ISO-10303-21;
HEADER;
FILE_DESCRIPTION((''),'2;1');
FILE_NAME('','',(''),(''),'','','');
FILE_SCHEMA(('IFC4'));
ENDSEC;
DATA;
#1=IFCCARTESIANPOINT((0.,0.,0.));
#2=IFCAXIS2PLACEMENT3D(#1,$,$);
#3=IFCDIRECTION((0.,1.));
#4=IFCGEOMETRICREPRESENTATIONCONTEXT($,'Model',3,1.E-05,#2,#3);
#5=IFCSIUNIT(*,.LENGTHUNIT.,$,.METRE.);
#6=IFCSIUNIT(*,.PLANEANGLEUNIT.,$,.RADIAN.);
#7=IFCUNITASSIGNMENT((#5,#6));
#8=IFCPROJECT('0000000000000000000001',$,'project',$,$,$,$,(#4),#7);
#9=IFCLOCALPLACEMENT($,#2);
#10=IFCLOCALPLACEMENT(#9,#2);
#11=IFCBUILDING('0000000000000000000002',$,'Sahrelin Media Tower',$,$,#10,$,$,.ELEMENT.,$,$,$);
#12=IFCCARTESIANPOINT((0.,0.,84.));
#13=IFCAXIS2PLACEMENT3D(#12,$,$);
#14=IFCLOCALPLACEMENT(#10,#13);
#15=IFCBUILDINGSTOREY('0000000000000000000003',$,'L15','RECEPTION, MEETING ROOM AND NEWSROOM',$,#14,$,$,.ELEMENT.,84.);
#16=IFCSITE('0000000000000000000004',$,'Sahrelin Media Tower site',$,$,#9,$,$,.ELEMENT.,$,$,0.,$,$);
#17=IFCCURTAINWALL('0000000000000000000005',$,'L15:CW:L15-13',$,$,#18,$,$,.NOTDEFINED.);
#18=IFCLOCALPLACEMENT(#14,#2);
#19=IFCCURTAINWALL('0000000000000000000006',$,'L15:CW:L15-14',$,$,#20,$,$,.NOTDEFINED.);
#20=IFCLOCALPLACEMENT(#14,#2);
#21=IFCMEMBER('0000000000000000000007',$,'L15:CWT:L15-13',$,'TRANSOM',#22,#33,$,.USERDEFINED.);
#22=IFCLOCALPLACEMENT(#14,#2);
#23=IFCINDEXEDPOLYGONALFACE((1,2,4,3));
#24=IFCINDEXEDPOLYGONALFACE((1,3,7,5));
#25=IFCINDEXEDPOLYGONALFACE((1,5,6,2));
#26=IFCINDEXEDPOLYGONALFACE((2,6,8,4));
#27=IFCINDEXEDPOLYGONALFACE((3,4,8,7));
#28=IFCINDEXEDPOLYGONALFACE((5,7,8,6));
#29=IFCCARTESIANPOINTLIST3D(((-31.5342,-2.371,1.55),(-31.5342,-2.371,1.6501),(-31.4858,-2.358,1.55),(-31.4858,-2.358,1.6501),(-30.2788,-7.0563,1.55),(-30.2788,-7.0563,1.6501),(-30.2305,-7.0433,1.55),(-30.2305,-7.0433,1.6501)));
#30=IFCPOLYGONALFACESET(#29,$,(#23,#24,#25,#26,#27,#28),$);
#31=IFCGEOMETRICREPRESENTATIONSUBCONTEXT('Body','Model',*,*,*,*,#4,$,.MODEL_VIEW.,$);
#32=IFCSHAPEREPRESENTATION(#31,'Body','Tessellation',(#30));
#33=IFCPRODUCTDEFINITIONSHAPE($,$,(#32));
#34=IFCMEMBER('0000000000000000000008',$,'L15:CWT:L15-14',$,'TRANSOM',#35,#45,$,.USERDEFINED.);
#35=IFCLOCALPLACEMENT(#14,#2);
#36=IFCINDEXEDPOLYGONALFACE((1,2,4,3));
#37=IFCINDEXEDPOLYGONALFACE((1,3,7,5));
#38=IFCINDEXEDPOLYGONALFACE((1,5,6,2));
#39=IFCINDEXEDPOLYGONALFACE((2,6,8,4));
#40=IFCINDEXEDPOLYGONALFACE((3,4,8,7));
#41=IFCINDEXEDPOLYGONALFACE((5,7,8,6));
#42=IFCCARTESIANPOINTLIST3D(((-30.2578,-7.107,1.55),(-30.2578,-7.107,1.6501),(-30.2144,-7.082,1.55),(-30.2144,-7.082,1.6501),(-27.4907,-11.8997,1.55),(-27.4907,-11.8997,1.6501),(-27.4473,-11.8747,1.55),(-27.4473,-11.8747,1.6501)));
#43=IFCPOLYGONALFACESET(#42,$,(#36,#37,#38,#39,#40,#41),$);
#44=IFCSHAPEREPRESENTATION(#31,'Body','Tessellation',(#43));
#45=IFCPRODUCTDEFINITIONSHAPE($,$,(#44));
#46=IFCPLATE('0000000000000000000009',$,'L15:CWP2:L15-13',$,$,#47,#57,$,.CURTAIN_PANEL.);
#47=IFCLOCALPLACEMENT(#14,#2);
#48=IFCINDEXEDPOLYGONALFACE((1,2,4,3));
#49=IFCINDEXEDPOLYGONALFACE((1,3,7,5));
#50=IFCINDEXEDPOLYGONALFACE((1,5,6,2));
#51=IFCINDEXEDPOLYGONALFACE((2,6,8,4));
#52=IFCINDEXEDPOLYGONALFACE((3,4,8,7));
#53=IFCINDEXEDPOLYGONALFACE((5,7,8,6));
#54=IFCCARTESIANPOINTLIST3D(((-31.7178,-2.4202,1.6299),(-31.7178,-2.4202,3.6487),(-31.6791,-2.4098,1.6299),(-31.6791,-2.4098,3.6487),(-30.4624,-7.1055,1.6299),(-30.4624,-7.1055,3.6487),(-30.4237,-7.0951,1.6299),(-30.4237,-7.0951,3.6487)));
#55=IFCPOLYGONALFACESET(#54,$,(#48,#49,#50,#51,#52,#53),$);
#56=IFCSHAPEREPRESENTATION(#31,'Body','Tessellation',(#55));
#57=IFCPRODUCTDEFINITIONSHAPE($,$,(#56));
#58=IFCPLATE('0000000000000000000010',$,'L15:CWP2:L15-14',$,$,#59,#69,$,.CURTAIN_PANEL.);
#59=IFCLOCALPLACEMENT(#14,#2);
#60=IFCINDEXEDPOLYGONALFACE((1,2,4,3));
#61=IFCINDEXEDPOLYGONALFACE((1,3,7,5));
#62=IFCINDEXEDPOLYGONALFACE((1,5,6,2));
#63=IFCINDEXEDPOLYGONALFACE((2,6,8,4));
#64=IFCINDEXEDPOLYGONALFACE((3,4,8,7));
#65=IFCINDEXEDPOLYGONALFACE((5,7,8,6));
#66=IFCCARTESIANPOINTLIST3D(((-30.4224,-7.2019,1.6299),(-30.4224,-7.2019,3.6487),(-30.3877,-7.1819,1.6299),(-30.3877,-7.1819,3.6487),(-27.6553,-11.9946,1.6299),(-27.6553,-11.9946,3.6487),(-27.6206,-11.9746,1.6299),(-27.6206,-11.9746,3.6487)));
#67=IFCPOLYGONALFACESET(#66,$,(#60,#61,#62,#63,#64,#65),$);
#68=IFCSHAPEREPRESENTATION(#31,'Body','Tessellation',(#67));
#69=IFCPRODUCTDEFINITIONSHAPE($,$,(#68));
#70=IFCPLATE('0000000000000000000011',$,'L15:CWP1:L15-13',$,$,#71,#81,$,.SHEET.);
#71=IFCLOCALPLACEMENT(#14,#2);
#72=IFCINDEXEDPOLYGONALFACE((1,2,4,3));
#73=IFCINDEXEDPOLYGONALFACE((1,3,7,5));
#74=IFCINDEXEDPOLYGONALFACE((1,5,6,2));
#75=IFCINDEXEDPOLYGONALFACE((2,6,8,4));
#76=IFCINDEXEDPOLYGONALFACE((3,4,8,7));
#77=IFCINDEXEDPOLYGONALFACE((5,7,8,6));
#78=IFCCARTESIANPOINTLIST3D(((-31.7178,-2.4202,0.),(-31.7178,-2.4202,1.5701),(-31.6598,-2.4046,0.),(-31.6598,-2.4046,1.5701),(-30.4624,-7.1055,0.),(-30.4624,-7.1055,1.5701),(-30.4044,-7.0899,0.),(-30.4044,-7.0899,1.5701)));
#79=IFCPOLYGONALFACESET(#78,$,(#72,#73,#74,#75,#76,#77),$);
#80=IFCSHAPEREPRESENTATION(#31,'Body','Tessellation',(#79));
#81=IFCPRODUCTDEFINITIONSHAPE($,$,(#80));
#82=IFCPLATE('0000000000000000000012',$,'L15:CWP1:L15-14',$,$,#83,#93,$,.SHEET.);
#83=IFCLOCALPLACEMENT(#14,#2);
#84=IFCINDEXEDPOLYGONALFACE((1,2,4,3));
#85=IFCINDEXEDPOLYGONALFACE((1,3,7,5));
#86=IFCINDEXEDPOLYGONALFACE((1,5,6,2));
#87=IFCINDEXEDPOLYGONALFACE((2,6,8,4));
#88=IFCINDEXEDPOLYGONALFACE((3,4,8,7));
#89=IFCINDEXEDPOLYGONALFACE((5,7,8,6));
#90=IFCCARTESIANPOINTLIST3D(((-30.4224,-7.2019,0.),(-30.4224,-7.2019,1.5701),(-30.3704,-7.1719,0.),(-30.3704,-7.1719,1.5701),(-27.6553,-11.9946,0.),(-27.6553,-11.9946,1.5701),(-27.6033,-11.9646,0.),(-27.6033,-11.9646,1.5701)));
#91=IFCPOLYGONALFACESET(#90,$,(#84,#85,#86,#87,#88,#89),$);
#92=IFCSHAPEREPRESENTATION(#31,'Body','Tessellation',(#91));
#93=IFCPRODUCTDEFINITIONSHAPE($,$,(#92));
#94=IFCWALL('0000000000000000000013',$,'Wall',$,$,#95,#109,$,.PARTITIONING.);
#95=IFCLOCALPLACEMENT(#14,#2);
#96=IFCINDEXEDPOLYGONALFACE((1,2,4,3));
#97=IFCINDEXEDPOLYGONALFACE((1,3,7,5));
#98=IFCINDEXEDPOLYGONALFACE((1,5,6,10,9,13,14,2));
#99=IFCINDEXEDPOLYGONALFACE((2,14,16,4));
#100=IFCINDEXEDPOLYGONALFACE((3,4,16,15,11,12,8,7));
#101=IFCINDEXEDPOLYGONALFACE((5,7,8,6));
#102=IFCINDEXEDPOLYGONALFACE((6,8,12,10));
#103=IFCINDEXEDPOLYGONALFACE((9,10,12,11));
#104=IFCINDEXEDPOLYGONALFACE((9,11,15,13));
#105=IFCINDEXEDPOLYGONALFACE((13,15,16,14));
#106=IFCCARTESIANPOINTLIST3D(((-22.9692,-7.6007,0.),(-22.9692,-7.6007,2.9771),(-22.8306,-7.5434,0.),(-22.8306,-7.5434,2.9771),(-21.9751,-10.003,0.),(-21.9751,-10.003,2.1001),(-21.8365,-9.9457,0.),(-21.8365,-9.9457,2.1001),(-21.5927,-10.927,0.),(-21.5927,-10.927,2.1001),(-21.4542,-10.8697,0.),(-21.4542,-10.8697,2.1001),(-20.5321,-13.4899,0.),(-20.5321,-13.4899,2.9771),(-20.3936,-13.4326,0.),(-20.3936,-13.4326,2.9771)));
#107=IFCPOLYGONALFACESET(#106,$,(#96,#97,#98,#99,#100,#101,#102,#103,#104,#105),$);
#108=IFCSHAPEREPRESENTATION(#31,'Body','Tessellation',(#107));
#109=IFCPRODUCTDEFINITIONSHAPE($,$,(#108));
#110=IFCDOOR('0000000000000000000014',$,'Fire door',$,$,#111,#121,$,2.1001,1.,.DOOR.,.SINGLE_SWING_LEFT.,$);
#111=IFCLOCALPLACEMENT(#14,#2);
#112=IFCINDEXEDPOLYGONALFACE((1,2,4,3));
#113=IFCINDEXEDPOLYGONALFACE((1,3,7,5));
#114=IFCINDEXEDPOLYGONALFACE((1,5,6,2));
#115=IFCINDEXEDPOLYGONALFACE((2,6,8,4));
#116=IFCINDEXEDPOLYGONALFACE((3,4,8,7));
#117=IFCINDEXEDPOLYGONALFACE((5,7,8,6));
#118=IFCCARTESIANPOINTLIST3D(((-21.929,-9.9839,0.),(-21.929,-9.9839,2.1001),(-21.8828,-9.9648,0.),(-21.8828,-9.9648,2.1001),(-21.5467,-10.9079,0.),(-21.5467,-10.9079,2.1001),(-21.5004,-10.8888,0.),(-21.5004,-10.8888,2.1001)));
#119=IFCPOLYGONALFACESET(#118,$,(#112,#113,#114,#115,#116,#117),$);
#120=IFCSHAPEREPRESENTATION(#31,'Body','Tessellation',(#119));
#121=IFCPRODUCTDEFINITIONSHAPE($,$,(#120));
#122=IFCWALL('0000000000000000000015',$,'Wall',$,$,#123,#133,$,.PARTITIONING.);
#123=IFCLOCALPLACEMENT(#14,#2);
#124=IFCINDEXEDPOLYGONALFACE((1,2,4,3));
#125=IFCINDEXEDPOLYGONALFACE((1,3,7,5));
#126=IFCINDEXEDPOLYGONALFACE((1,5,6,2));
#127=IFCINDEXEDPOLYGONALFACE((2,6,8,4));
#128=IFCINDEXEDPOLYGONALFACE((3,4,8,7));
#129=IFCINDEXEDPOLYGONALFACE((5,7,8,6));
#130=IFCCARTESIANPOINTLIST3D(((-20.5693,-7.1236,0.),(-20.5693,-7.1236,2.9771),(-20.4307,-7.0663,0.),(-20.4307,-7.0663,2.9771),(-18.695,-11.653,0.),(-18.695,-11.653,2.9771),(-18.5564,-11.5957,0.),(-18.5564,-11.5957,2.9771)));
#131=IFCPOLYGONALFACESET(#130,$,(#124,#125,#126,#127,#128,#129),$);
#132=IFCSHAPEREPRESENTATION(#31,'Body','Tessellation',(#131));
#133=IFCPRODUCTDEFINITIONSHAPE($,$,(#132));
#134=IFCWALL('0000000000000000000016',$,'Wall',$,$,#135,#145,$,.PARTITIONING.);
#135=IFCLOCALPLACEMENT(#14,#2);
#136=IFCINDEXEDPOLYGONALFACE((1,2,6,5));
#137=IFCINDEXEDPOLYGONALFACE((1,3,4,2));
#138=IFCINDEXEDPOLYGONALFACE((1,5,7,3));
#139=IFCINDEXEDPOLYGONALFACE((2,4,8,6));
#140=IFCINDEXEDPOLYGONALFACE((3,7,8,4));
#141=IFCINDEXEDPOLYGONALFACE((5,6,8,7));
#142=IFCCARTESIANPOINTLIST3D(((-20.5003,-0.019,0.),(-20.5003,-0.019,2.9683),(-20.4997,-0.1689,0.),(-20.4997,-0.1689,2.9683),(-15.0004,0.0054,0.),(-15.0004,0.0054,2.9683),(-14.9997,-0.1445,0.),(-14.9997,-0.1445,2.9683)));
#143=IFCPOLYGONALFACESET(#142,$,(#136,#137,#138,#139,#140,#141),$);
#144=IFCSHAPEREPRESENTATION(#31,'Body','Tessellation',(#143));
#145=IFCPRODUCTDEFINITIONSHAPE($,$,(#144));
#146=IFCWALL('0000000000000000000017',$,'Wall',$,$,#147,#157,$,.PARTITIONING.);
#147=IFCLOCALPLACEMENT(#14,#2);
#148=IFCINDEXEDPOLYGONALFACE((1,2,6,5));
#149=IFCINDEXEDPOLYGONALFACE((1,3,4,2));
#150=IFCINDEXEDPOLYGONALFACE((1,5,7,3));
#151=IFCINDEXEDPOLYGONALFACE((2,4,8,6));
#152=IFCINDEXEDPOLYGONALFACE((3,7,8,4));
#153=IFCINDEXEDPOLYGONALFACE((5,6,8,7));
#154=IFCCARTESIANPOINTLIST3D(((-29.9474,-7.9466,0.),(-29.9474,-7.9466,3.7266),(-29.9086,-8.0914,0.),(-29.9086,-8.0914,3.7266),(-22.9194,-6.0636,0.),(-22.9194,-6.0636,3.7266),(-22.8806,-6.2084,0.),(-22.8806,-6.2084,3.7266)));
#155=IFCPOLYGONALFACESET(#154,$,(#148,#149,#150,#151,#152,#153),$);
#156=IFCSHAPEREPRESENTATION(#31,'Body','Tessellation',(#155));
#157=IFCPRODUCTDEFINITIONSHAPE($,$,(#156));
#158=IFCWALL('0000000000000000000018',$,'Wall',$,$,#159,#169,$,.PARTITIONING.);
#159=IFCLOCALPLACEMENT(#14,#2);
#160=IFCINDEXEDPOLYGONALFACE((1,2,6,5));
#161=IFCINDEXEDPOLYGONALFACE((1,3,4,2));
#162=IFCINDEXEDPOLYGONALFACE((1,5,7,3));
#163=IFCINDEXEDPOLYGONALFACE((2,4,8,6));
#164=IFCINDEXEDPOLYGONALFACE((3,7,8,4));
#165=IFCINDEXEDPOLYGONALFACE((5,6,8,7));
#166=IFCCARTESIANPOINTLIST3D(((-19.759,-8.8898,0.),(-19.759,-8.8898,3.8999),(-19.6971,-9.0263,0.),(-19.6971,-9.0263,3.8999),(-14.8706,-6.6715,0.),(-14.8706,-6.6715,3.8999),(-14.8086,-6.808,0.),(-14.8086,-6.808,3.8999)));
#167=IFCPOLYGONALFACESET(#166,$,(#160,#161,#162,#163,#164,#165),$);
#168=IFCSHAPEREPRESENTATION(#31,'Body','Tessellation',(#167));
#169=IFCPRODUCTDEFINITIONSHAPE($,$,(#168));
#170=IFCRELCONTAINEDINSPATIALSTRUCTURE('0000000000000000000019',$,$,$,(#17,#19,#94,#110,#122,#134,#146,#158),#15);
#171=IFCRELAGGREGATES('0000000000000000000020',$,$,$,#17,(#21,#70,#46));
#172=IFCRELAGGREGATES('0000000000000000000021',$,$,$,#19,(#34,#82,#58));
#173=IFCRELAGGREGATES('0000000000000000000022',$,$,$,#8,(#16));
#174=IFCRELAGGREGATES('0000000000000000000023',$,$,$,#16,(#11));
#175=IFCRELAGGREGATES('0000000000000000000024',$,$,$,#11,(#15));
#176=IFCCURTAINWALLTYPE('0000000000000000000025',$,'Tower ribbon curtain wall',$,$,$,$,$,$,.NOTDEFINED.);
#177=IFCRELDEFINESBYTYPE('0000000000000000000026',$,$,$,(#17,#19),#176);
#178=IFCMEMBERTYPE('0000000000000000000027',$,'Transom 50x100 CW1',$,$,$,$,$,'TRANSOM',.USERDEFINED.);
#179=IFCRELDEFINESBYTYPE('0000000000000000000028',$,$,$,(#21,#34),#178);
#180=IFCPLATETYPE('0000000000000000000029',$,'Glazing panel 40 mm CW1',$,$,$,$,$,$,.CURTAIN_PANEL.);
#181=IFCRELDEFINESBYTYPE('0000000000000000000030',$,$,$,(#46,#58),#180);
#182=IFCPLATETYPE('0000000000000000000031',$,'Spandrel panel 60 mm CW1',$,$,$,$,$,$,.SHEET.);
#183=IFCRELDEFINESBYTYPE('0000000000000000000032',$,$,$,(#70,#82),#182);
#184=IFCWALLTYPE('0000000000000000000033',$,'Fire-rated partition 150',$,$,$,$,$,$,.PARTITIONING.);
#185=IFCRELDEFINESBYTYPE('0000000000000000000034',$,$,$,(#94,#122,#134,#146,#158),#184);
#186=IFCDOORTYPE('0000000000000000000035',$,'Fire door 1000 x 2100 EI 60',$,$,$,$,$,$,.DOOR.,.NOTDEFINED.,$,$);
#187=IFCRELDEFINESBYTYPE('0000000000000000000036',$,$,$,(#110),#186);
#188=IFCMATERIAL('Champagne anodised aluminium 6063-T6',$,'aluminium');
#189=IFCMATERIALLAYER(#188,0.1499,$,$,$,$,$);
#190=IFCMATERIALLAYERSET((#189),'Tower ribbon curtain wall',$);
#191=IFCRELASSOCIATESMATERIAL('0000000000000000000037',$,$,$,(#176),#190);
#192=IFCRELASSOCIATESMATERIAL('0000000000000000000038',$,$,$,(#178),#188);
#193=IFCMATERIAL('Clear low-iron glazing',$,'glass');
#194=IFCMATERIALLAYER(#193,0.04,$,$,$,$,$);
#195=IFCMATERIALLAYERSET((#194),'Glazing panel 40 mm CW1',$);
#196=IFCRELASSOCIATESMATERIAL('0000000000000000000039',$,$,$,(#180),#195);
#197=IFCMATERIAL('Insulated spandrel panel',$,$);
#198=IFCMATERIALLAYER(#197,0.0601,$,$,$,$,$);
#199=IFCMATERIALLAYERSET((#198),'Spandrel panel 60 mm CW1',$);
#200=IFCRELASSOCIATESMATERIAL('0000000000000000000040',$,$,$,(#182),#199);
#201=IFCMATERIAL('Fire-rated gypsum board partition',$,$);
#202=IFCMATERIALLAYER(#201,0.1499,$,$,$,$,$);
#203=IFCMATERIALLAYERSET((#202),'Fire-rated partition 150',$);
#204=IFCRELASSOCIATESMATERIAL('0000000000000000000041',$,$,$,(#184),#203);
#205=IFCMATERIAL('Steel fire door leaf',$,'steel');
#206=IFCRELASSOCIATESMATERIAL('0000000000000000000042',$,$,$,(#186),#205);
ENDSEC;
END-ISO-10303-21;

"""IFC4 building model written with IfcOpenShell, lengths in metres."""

from ifc_helpers import new_model, si_unit, direction, frame, frame_2d, origin, origin_2d, place, context, subcontext, project, spatial, polyline, rectangle, outline, extrude, material, layer, layer_set, material_profile, profile_set, type_object, element, fill, aggregate, save


model = new_model("IFC4")

# Units and contexts
model_context = context("Model", 3, precision=1e-05, world=origin(), true_north=direction((0.0, 1.0)))
body_context = subcontext(model_context, "Body", "Model", "MODEL_VIEW")
ifc_project = project(units=[si_unit("LENGTHUNIT", "METRE"), si_unit("PLANEANGLEUNIT", "RADIAN")], contexts=[model_context])

# Site, building, storey
site_placement = place(None, origin())
site = spatial("IfcSite", under=ifc_project, at=site_placement, Name="Sahrelin Media Tower site", CompositionType="ELEMENT", RefElevation=0.0)
building_placement = place(site_placement, origin())
building = spatial("IfcBuilding", under=site, at=building_placement, Name="Sahrelin Media Tower", CompositionType="ELEMENT")
storey_placement = place(building_placement, frame((0.0, 0.0, 84.0)))
storey = spatial("IfcBuildingStorey", under=building, at=storey_placement, Name="L15", Description="RECEPTION, MEETING ROOM AND NEWSROOM", CompositionType="ELEMENT", Elevation=84.0)

# Curtain walls
ifc_material_1 = material(Name="Champagne anodised aluminium 6063-T6", Category="aluminium")
ifc_layer_1 = layer(ifc_material_1, 0.1499)
ifc_layer_set_1 = layer_set([ifc_layer_1], Name="Tower ribbon curtain wall")
curtain_wall_type = type_object("IfcCurtainWallType", Name="Tower ribbon curtain wall", PredefinedType="NOTDEFINED", material=ifc_layer_set_1)
curtain_wall_1_placement = place(storey_placement, frame((-31.0708, -4.7576, 0.0), z_axis=(0.0, 0.0, 1.0), x_axis=(1.0, 0.0, 0.0)))
curtain_wall_1 = element("IfcCurtainWall", 1, at=curtain_wall_1_placement, inside=storey, type_object=curtain_wall_type, Name="L15:CW:L15-13", PredefinedType="NOTDEFINED")
curtain_wall_2_placement = place(storey_placement, frame((-29.0215, -9.5884, 0.0), z_axis=(0.0, 0.0, 1.0), x_axis=(1.0, 0.0, 0.0)))
curtain_wall_2 = element("IfcCurtainWall", 2, at=curtain_wall_2_placement, inside=storey, type_object=curtain_wall_type, Name="L15:CW:L15-14", PredefinedType="NOTDEFINED")

# Members
ifc_material_profile_1 = material_profile(ifc_material_1, rectangle(XDim=0.05, YDim=0.1001, at=origin_2d()), Name="Transom 50x100")
ifc_profile_set_1 = profile_set([ifc_material_profile_1], Name="Champagne anodised aluminium 6063-T6")
member_type_1 = type_object("IfcMemberType", Name="Transom 50x100 CW1", ElementType="TRANSOM", PredefinedType="USERDEFINED", material=ifc_profile_set_1)
member_1_placement = place(storey_placement, frame((-31.51, -2.3645, 1.6001), z_axis=(0.258809, -0.965929, 0.0), x_axis=(0.965929, 0.258809, 0.0)))
member_1 = element("IfcMember", 3, at=member_1_placement, type_object=member_type_1, Name="L15:CWT:L15-13", ObjectType="TRANSOM", PredefinedType="USERDEFINED", context=body_context, shape_type="SweptSolid", body=[
    extrude(rectangle(XDim=0.05, YDim=0.1001, at=origin_2d()), origin(), (0.0, 0.0, 1.0), 4.8506),
])
member_2_placement = place(storey_placement, frame((-30.2361, -7.0945, 1.6001), z_axis=(0.500001, -0.866025, 0.0), x_axis=(0.866025, 0.500001, 0.0)))
member_2 = element("IfcMember", 4, at=member_2_placement, type_object=member_type_1, Name="L15:CWT:L15-14", ObjectType="TRANSOM", PredefinedType="USERDEFINED", context=body_context, shape_type="SweptSolid", body=[
    extrude(rectangle(XDim=0.05, YDim=0.1001, at=origin_2d()), origin(), (0.0, 0.0, 1.0), 5.5342),
])

# Plates
ifc_material_2 = material(Name="Clear low-iron glazing", Category="glass")
ifc_layer_2 = layer(ifc_material_2, 0.04)
ifc_layer_set_2 = layer_set([ifc_layer_2], Name="Glazing panel 40 mm CW1")
plate_type_1 = type_object("IfcPlateType", Name="Glazing panel 40 mm CW1", PredefinedType="CURTAIN_PANEL", material=ifc_layer_set_2)
plate_1_placement = place(storey_placement, frame((-31.7178, -2.4202, 1.6299), z_axis=(-0.965929, -0.258809, 0.0), x_axis=(0.258809, -0.965929, 0.0)))
plate_1 = element("IfcPlate", 5, at=plate_1_placement, type_object=plate_type_1, Name="L15:CWP2:L15-13", PredefinedType="CURTAIN_PANEL", context=body_context, shape_type="SweptSolid", body=[
    extrude(outline(polyline([(0.0, 0.0), (4.8506, 0.0), (4.8506, 2.0188), (0.0, 2.0188), (0.0, 0.0)])), origin(), (0.0, 0.0, -1.0), 0.04),
])
plate_2_placement = place(storey_placement, frame((-30.4224, -7.2019, 1.6299), z_axis=(-0.866025, -0.500001, 0.0), x_axis=(0.500001, -0.866025, 0.0)))
plate_2 = element("IfcPlate", 6, at=plate_2_placement, type_object=plate_type_1, Name="L15:CWP2:L15-14", PredefinedType="CURTAIN_PANEL", context=body_context, shape_type="SweptSolid", body=[
    extrude(outline(polyline([(0.0, 0.0), (5.5342, 0.0), (5.5342, 2.0188), (0.0, 2.0188), (0.0, 0.0)])), origin(), (0.0, 0.0, -1.0), 0.04),
])
ifc_material_3 = material(Name="Insulated spandrel panel")
ifc_layer_3 = layer(ifc_material_3, 0.0601)
ifc_layer_set_3 = layer_set([ifc_layer_3], Name="Spandrel panel 60 mm CW1")
plate_type_2 = type_object("IfcPlateType", Name="Spandrel panel 60 mm CW1", PredefinedType="SHEET", material=ifc_layer_set_3)
plate_3_placement = place(storey_placement, frame((-31.7178, -2.4202, 0.0), z_axis=(-0.965929, -0.258809, 0.0), x_axis=(0.258809, -0.965929, 0.0)))
plate_3 = element("IfcPlate", 7, at=plate_3_placement, type_object=plate_type_2, Name="L15:CWP1:L15-13", PredefinedType="SHEET", context=body_context, shape_type="SweptSolid", body=[
    extrude(outline(polyline([(0.0, 0.0), (4.8506, 0.0), (4.8506, 1.5701), (0.0, 1.5701), (0.0, 0.0)])), origin(), (0.0, 0.0, -1.0), 0.0601),
])
aggregate(curtain_wall_1, [member_1, plate_3, plate_1])
plate_4_placement = place(storey_placement, frame((-30.4224, -7.2019, 0.0), z_axis=(-0.866025, -0.500001, 0.0), x_axis=(0.500001, -0.866025, 0.0)))
plate_4 = element("IfcPlate", 8, at=plate_4_placement, type_object=plate_type_2, Name="L15:CWP1:L15-14", PredefinedType="SHEET", context=body_context, shape_type="SweptSolid", body=[
    extrude(outline(polyline([(0.0, 0.0), (5.5342, 0.0), (5.5342, 1.5701), (0.0, 1.5701), (0.0, 0.0)])), origin(), (0.0, 0.0, -1.0), 0.0601),
])
aggregate(curtain_wall_2, [member_2, plate_4, plate_2])

# Wall, opening, door
ifc_material_4 = material(Name="Fire-rated gypsum board partition")
ifc_layer_4 = layer(ifc_material_4, 0.1499)
ifc_layer_set_4 = layer_set([ifc_layer_4], Name="Fire-rated partition 150")
wall_type_1 = type_object("IfcWallType", Name="Fire-rated partition 150", PredefinedType="PARTITIONING", material=ifc_layer_set_4)
wall_1_placement = place(storey_placement, frame((-22.8999, -7.572, 0.0), z_axis=(0.0, 0.0, 1.0), x_axis=(0.382368, -0.92401, 0.0)))
wall_1 = element("IfcWall", 9, at=wall_1_placement, inside=storey, type_object=wall_type_1, Name="Wall", PredefinedType="PARTITIONING", context=body_context, shape_type="SweptSolid", body=[
    extrude(rectangle(XDim=6.3735, YDim=0.1499, at=frame_2d((3.1868, 0.0))), origin(), (0.0, 0.0, 1.0), 2.9771),
])
opening_1_placement = place(wall_1_placement, frame((2.5999, 0.0, 0.0)))
opening_1 = element("IfcOpeningElement", 10, at=opening_1_placement, cuts=wall_1, PredefinedType="OPENING", context=body_context, shape_type="SweptSolid", body=[
    extrude(rectangle(XDim=1.0, YDim=2.1001, at=frame_2d((0.5, 1.05))), frame((0.0, 0.075, 0.0), z_axis=(0.0, -1.0, 0.0), x_axis=(1.0, 0.0, 0.0)), (0.0, 0.0, 1.0), 0.1499),
])
ifc_material_5 = material(Name="Steel fire door leaf", Category="steel")
door_type_1 = type_object("IfcDoorType", Name="Fire door 1000 x 2100 EI 60", OperationType="NOTDEFINED", PredefinedType="DOOR", material=ifc_material_5)
door_1_placement = place(opening_1_placement, origin())
door_1 = element("IfcDoor", 11, at=door_1_placement, inside=storey, type_object=door_type_1, Name="Fire door", OperationType="SINGLE_SWING_LEFT", OverallHeight=2.1001, OverallWidth=1.0, PredefinedType="DOOR", context=body_context, shape_type="SweptSolid", body=[
    extrude(rectangle(XDim=1.0, YDim=2.1001, at=frame_2d((0.5, 1.05))), frame((0.0, 0.0249, 0.0), z_axis=(0.0, -1.0, 0.0), x_axis=(1.0, 0.0, 0.0)), (0.0, 0.0, 1.0), 0.05),
])
fill(opening_1, door_1)

# Walls
wall_2_placement = place(storey_placement, frame((-20.5, -7.095, 0.0), z_axis=(0.0, 0.0, 1.0), x_axis=(0.382365, -0.924011, 0.0)))
element("IfcWall", 12, at=wall_2_placement, inside=storey, type_object=wall_type_1, Name="Wall", PredefinedType="PARTITIONING", context=body_context, shape_type="SweptSolid", body=[
    extrude(rectangle(XDim=4.9019, YDim=0.1499, at=frame_2d((2.4509, 0.0))), origin(), (0.0, 0.0, 1.0), 2.9771),
])
wall_3_placement = place(storey_placement, frame((-20.5, -0.094, 0.0), z_axis=(0.0, 0.0, 1.0), x_axis=(0.99999, 0.004439, 0.0)))
element("IfcWall", 13, at=wall_3_placement, inside=storey, type_object=wall_type_1, Name="Wall", PredefinedType="PARTITIONING", context=body_context, shape_type="SweptSolid", body=[
    extrude(rectangle(XDim=5.5, YDim=0.1499, at=frame_2d((2.75, 0.0))), origin(), (0.0, 0.0, 1.0), 2.9683),
])
wall_4_placement = place(storey_placement, frame((-29.928, -8.019, 0.0), z_axis=(0.0, 0.0, 1.0), x_axis=(0.96593, 0.258805, 0.0)))
element("IfcWall", 14, at=wall_4_placement, inside=storey, type_object=wall_type_1, Name="Wall", PredefinedType="PARTITIONING", context=body_context, shape_type="SweptSolid", body=[
    extrude(rectangle(XDim=7.2759, YDim=0.1499, at=frame_2d((3.6379, 0.0))), origin(), (0.0, 0.0, 1.0), 3.7266),
])
wall_5_placement = place(storey_placement, frame((-19.728, -8.958, 0.0), z_axis=(0.0, 0.0, 1.0), x_axis=(0.91063, 0.413224, 0.0)))
element("IfcWall", 15, at=wall_5_placement, inside=storey, type_object=wall_type_1, Name="Wall", PredefinedType="PARTITIONING", context=body_context, shape_type="SweptSolid", body=[
    extrude(rectangle(XDim=5.3682, YDim=0.1499, at=frame_2d((2.6841, 0.0))), origin(), (0.0, 0.0, 1.0), 3.8999),
])

save(model, "model.ifc")
